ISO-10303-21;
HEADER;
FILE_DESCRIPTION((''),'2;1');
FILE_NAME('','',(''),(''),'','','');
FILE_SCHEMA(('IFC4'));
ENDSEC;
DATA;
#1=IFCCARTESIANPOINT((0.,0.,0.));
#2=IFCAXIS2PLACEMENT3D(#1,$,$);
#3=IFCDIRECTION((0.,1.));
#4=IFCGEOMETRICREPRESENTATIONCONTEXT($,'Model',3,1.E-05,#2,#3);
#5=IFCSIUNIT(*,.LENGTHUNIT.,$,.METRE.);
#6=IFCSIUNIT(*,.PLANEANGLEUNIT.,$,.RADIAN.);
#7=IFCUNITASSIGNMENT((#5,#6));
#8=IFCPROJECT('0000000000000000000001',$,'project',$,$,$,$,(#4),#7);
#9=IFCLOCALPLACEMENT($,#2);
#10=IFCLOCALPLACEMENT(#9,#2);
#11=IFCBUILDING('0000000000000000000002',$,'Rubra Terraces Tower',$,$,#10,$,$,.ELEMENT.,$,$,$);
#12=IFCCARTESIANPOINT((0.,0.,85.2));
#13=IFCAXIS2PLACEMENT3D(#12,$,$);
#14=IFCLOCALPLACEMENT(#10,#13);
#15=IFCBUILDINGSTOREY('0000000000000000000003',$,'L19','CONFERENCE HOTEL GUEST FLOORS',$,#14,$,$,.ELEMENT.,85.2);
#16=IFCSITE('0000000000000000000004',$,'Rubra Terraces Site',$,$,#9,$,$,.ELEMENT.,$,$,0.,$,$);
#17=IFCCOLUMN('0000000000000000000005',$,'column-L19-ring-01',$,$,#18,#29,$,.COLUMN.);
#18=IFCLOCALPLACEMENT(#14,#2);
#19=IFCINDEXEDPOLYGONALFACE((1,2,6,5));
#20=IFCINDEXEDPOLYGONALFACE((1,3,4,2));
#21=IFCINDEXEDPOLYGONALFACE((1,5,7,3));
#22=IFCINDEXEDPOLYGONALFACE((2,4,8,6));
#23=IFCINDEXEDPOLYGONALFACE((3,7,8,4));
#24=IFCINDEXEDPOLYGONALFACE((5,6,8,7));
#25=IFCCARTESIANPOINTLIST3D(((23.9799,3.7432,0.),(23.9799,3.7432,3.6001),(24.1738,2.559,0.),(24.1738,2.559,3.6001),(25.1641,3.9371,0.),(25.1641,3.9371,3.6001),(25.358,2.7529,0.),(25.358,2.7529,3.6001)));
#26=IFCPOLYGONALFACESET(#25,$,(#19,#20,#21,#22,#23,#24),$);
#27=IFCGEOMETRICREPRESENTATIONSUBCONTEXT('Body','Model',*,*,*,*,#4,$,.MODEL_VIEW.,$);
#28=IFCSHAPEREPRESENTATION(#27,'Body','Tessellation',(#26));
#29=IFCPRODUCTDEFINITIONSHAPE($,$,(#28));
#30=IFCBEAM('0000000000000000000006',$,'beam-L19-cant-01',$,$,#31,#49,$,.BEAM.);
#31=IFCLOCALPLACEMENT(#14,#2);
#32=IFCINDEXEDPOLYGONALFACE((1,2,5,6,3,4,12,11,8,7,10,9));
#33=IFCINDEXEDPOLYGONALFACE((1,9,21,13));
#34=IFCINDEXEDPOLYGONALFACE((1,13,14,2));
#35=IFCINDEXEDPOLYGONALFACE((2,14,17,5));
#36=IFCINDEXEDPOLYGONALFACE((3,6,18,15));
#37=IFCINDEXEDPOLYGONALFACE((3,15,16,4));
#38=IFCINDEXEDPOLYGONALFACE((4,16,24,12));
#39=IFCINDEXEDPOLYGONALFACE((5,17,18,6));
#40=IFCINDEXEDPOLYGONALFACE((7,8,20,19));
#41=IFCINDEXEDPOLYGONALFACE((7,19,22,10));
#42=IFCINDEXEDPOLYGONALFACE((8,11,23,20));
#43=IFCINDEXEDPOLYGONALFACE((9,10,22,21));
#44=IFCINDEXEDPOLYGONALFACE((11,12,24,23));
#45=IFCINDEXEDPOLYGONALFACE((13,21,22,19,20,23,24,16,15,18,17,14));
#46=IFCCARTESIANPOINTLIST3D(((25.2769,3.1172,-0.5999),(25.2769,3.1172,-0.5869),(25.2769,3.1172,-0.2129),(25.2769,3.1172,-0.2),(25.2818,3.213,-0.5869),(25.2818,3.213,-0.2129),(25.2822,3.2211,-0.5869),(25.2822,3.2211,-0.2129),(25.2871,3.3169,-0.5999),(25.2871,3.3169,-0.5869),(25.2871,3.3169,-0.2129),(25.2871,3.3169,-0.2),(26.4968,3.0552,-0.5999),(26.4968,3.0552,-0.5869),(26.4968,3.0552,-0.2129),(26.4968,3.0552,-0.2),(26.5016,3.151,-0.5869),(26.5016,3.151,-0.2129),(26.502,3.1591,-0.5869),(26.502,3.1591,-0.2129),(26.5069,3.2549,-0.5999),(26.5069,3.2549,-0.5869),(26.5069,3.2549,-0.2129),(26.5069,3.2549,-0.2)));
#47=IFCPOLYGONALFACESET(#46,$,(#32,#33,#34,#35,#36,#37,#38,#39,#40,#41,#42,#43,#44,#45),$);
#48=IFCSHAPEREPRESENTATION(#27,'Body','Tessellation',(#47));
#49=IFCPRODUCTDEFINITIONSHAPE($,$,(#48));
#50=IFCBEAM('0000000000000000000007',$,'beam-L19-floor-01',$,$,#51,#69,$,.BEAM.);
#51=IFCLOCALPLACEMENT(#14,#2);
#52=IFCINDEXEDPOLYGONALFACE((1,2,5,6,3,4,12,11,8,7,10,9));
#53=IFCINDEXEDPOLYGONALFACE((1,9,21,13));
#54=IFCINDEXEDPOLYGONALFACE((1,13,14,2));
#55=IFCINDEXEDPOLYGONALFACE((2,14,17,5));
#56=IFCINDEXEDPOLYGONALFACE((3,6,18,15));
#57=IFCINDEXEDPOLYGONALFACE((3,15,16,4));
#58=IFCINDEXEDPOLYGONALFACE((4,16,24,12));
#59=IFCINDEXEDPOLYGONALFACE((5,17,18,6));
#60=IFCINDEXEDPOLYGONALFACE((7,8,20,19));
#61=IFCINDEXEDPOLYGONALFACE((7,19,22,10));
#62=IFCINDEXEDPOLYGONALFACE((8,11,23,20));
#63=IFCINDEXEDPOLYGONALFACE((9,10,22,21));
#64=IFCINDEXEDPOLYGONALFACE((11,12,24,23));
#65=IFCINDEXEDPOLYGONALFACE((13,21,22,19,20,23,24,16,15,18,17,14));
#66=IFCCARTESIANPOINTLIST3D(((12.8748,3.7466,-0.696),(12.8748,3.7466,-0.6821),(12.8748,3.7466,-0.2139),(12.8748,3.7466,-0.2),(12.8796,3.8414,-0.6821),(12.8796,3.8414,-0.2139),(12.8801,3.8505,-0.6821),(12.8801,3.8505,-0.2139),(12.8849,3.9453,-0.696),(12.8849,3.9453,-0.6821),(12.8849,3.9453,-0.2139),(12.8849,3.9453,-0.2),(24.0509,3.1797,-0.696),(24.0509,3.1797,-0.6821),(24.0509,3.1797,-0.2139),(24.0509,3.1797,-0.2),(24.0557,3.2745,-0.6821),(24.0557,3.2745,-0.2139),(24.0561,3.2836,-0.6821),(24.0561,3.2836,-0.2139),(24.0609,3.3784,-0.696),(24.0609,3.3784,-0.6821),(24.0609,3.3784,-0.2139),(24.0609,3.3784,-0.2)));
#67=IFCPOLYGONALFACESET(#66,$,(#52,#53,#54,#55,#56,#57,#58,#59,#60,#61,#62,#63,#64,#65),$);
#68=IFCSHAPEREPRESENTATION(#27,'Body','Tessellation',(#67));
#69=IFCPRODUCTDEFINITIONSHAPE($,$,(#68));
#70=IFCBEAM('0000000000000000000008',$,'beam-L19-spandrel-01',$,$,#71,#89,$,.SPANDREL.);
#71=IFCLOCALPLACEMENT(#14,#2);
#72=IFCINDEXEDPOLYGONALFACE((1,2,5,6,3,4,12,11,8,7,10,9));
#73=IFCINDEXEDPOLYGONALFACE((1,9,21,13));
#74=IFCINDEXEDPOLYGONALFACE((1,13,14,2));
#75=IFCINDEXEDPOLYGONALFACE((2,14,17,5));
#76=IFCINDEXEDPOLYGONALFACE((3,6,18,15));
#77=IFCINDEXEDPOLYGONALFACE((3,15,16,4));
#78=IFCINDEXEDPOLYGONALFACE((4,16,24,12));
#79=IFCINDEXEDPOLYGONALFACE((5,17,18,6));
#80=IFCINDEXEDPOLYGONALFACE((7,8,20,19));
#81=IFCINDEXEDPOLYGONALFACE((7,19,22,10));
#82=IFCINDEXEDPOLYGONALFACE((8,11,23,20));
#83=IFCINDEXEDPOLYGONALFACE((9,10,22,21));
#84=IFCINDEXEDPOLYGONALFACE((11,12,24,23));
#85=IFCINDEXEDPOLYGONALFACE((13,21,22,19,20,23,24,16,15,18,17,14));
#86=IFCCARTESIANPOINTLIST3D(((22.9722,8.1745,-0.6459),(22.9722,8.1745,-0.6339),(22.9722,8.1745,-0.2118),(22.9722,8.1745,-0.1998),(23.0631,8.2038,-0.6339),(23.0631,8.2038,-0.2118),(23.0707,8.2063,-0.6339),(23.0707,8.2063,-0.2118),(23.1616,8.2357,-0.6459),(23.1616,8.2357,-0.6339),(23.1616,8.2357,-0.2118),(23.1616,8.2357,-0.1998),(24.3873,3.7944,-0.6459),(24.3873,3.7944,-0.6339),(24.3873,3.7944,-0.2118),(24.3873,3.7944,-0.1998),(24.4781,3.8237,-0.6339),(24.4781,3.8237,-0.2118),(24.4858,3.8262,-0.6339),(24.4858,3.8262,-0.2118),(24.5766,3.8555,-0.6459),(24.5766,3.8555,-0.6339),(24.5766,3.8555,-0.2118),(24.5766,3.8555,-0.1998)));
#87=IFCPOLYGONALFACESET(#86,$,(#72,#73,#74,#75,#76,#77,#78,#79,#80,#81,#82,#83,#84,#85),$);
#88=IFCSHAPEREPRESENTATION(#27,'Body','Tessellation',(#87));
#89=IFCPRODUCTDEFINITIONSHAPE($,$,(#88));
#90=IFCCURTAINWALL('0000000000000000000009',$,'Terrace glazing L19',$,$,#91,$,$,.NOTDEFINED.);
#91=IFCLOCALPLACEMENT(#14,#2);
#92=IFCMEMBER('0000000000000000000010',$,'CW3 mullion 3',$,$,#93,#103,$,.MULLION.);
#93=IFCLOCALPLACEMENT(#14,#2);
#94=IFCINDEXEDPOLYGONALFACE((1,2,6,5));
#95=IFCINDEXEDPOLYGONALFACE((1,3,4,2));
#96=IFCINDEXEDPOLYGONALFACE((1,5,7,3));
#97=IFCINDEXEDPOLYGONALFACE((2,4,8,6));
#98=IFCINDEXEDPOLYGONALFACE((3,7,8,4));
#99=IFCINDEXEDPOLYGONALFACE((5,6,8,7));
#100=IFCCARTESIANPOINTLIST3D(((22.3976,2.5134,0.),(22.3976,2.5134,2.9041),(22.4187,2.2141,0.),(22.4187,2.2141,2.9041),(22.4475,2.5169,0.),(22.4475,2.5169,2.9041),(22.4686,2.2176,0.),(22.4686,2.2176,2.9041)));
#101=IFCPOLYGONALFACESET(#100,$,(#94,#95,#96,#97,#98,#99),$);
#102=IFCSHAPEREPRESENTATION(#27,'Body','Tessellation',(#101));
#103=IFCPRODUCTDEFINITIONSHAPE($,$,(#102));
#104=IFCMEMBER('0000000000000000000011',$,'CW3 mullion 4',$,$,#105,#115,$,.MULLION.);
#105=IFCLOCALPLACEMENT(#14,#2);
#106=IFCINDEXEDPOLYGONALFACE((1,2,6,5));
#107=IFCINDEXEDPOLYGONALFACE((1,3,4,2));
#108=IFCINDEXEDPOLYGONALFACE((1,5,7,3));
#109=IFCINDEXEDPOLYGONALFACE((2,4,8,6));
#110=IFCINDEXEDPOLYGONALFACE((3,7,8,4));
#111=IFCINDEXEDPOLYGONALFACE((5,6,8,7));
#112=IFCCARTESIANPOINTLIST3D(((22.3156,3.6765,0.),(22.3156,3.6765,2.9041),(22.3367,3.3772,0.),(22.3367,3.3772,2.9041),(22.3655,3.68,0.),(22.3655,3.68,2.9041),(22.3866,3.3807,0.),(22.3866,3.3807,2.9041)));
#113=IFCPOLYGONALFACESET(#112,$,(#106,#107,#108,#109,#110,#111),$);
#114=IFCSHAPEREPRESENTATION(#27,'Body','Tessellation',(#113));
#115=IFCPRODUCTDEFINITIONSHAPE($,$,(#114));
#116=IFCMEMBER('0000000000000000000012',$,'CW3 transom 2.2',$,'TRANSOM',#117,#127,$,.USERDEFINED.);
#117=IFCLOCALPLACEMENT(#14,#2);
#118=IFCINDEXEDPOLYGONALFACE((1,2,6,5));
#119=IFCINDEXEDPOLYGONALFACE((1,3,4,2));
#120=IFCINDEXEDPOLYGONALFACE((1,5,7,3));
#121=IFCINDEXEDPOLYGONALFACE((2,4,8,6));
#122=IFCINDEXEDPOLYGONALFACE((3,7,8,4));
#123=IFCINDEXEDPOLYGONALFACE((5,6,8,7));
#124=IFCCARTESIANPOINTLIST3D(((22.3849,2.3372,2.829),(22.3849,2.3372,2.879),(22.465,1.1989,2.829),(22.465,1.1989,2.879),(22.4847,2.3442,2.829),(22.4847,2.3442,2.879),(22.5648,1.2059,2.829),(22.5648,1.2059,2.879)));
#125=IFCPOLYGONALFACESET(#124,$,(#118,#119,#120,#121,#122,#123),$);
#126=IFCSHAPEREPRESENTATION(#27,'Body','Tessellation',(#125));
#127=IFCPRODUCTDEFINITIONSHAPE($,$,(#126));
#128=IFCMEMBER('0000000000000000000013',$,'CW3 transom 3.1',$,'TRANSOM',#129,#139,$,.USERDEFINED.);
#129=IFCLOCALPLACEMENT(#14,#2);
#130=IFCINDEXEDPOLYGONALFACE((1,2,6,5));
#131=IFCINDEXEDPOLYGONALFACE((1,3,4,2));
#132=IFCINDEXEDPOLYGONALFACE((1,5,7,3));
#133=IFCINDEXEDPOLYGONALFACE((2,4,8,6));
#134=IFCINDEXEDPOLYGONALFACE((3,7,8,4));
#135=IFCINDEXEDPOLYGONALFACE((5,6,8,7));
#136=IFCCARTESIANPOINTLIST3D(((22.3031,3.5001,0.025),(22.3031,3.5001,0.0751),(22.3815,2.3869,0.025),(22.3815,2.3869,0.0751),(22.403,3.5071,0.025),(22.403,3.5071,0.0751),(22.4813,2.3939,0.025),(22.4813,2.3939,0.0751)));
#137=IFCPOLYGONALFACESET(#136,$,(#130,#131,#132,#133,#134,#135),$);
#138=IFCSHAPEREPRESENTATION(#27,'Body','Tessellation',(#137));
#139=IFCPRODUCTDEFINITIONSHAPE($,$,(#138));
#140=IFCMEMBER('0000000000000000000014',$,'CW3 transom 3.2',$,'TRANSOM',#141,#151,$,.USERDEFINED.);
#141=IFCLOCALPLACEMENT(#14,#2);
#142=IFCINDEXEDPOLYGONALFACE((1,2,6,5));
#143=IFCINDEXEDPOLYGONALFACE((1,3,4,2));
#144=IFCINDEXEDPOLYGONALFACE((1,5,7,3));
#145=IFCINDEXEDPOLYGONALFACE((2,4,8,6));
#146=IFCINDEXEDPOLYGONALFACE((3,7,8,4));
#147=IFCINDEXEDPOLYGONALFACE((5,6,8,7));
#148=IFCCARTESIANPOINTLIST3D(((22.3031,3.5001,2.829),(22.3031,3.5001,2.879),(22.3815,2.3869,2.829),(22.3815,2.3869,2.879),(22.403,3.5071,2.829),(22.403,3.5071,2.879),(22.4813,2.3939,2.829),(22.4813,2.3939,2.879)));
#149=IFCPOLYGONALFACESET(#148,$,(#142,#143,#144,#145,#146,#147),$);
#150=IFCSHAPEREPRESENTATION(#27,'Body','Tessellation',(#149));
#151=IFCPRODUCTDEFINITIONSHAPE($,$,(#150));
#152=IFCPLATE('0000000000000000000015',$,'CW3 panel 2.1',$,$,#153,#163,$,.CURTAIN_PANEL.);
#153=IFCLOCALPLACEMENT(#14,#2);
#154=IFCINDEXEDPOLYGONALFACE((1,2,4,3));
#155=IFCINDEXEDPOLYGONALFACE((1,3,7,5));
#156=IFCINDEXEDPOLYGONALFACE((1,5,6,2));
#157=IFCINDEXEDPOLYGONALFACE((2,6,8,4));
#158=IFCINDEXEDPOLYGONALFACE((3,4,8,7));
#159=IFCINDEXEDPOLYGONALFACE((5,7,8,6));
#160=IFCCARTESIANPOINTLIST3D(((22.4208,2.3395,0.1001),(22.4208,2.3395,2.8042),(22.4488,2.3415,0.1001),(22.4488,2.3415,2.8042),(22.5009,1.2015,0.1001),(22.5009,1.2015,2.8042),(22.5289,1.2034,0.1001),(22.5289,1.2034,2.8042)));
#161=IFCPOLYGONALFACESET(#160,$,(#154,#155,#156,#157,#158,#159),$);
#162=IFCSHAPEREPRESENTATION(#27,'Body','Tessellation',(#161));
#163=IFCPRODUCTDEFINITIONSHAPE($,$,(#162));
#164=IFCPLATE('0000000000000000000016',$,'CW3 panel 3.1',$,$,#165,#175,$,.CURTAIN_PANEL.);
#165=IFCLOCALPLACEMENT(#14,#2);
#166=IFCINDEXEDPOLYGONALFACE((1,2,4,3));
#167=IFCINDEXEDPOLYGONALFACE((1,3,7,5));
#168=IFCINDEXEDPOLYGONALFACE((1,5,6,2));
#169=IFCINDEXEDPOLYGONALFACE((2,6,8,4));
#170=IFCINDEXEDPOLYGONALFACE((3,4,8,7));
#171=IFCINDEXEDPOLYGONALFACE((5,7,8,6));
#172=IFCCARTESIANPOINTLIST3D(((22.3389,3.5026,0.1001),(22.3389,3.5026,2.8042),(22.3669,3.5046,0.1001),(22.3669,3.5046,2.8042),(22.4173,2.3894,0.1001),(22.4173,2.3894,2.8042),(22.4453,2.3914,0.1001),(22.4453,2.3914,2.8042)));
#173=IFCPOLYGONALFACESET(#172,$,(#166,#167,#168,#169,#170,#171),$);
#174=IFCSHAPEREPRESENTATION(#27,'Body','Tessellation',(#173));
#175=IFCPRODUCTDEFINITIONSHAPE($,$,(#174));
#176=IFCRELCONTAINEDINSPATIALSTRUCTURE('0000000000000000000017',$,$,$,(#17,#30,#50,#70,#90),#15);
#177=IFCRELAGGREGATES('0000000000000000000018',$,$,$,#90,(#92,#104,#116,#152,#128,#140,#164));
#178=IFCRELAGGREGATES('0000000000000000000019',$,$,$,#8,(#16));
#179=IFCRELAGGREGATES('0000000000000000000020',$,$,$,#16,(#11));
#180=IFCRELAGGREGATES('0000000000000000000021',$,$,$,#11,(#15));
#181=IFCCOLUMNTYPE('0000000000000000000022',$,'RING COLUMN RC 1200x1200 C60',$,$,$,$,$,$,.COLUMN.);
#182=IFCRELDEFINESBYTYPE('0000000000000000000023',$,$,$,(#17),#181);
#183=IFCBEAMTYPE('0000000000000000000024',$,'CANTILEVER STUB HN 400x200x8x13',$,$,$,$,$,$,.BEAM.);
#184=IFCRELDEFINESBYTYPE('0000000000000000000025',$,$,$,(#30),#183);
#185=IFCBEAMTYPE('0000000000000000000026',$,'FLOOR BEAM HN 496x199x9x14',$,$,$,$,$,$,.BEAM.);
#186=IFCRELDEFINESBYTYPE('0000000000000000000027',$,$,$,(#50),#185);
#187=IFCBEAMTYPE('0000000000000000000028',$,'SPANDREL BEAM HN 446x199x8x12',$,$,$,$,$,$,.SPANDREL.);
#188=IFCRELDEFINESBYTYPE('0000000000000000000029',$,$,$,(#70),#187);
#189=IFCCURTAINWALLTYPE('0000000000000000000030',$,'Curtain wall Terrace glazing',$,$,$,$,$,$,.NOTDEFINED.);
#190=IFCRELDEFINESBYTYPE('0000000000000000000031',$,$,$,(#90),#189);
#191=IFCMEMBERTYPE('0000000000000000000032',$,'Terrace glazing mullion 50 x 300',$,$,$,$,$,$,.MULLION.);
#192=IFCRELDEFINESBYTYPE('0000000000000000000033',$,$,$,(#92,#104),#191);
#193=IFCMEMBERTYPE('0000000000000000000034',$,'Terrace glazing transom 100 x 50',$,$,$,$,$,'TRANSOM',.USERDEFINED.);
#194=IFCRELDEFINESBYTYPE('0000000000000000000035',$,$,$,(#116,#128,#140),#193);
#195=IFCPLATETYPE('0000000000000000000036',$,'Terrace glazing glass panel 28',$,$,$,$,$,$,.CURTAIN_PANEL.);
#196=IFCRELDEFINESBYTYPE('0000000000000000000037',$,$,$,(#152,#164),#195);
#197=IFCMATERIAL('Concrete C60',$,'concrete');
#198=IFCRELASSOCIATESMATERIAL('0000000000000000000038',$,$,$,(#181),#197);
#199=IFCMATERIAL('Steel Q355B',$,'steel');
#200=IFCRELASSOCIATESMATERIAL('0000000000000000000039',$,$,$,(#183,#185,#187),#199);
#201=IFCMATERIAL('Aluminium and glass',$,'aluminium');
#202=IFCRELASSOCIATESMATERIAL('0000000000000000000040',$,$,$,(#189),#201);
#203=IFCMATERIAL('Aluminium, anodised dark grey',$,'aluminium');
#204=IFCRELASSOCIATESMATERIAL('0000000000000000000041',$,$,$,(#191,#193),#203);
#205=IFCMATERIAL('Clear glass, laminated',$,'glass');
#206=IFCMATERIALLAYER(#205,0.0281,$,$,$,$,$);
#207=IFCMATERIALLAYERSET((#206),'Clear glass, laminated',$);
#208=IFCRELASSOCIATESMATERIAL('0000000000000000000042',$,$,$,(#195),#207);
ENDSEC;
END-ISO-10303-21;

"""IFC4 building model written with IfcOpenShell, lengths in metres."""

from ifc_helpers import new_model, si_unit, direction, frame, origin, origin_2d, place, context, subcontext, project, spatial, rectangle, i_section, extrude, material, layer, layer_set, material_profile, profile_set, type_object, element, aggregate, save


model = new_model("IFC4")

# Units and contexts
model_context = context("Model", 3, precision=1e-05, world=origin(), true_north=direction((0.0, 1.0)))
body_context = subcontext(model_context, "Body", "Model", "MODEL_VIEW")
ifc_project = project(units=[si_unit("LENGTHUNIT", "METRE"), si_unit("PLANEANGLEUNIT", "RADIAN")], contexts=[model_context])

# Site, building, storey
site_placement = place(None, origin())
site = spatial("IfcSite", under=ifc_project, at=site_placement, Name="Rubra Terraces Site", CompositionType="ELEMENT", RefElevation=0.0)
building_placement = place(site_placement, origin())
building = spatial("IfcBuilding", under=site, at=building_placement, Name="Rubra Terraces Tower", CompositionType="ELEMENT")
storey_placement = place(building_placement, frame((0.0, 0.0, 85.2)))
storey = spatial("IfcBuildingStorey", under=building, at=storey_placement, Name="L19", Description="CONFERENCE HOTEL GUEST FLOORS", CompositionType="ELEMENT", Elevation=85.2)

# Column
ifc_material_1 = material(Name="Concrete C60", Category="concrete")
ifc_material_profile_1 = material_profile(ifc_material_1, rectangle(XDim=1.2, YDim=1.2, at=origin_2d()), Name="RC 1200x1200")
ifc_profile_set_1 = profile_set([ifc_material_profile_1], Name="Concrete C60")
column_type = type_object("IfcColumnType", Name="RING COLUMN RC 1200x1200 C60", PredefinedType="COLUMN", material=ifc_profile_set_1)
column_placement = place(storey_placement, frame((24.6689, 3.248, 0.0), z_axis=(0.0, 0.0, 1.0), x_axis=(-0.161559, 0.986863, 0.0)))
element("IfcColumn", 1, at=column_placement, inside=storey, type_object=column_type, Name="column-L19-ring-01", PredefinedType="COLUMN", context=body_context, shape_type="SweptSolid", body=[
    extrude(rectangle(XDim=1.2, YDim=1.2, at=origin_2d()), origin(), (0.0, 0.0, 1.0), 3.6001),
])

# Beams
ifc_material_2 = material(Name="Steel Q355B", Category="steel")
ifc_material_profile_2 = material_profile(ifc_material_2, i_section(OverallWidth=0.2, OverallDepth=0.3999, WebThickness=0.0081, FlangeThickness=0.0129, at=origin_2d()), Name="HN 400x200x8x13")
ifc_profile_set_2 = profile_set([ifc_material_profile_2], Name="Steel Q355B")
beam_type_1 = type_object("IfcBeamType", Name="CANTILEVER STUB HN 400x200x8x13", PredefinedType="BEAM", material=ifc_profile_set_2)
beam_1_placement = place(storey_placement, frame((25.282, 3.217, -0.3999), z_axis=(0.998711, -0.050765, 0.0), x_axis=(0.050765, 0.998711, 0.0)))
element("IfcBeam", 2, at=beam_1_placement, inside=storey, type_object=beam_type_1, Name="beam-L19-cant-01", PredefinedType="BEAM", context=body_context, shape_type="SweptSolid", body=[
    extrude(i_section(OverallWidth=0.2, OverallDepth=0.3999, WebThickness=0.0081, FlangeThickness=0.0129, at=origin_2d()), origin(), (0.0, 0.0, 1.0), 1.2214),
])
ifc_material_profile_3 = material_profile(ifc_material_2, i_section(OverallWidth=0.199, OverallDepth=0.4961, WebThickness=0.009, FlangeThickness=0.0139, at=origin_2d()), Name="HN 496x199x9x14")
ifc_profile_set_3 = profile_set([ifc_material_profile_3], Name="Steel Q355B")
beam_type_2 = type_object("IfcBeamType", Name="FLOOR BEAM HN 496x199x9x14", PredefinedType="BEAM", material=ifc_profile_set_3)
beam_2_placement = place(storey_placement, frame((24.0559, 3.2791, -0.448), z_axis=(-0.998716, 0.050659, 0.0), x_axis=(-0.050659, -0.998716, 0.0)))
element("IfcBeam", 3, at=beam_2_placement, inside=storey, type_object=beam_type_2, Name="beam-L19-floor-01", PredefinedType="BEAM", context=body_context, shape_type="SweptSolid", body=[
    extrude(i_section(OverallWidth=0.199, OverallDepth=0.4961, WebThickness=0.009, FlangeThickness=0.0139, at=origin_2d()), origin(), (0.0, 0.0, 1.0), 11.1904),
])
ifc_material_profile_4 = material_profile(ifc_material_2, i_section(OverallWidth=0.199, OverallDepth=0.446, WebThickness=0.0081, FlangeThickness=0.012, at=origin_2d()), Name="HN 446x199x8x12")
ifc_profile_set_4 = profile_set([ifc_material_profile_4], Name="Steel Q355B")
beam_type_3 = type_object("IfcBeamType", Name="SPANDREL BEAM HN 446x199x8x12", PredefinedType="SPANDREL", material=ifc_profile_set_4)
beam_3_placement = place(storey_placement, frame((24.4819, 3.825, -0.4229), z_axis=(-0.307415, 0.951576, 0.0), x_axis=(-0.951576, -0.307415, 0.0)))
element("IfcBeam", 4, at=beam_3_placement, inside=storey, type_object=beam_type_3, Name="beam-L19-spandrel-01", PredefinedType="SPANDREL", context=body_context, shape_type="SweptSolid", body=[
    extrude(i_section(OverallWidth=0.199, OverallDepth=0.446, WebThickness=0.0081, FlangeThickness=0.012, at=origin_2d()), origin(), (0.0, 0.0, 1.0), 4.603),
])

# Curtain wall, members, plates
ifc_material_3 = material(Name="Aluminium and glass", Category="aluminium")
curtain_wall_type = type_object("IfcCurtainWallType", Name="Curtain wall Terrace glazing", PredefinedType="NOTDEFINED", material=ifc_material_3)
curtain_wall_placement = place(storey_placement, origin())
curtain_wall = element("IfcCurtainWall", 5, at=curtain_wall_placement, inside=storey, type_object=curtain_wall_type, Name="Terrace glazing L19", PredefinedType="NOTDEFINED")
ifc_material_4 = material(Name="Aluminium, anodised dark grey", Category="aluminium")
ifc_material_profile_5 = material_profile(ifc_material_4, rectangle(XDim=0.05, YDim=0.3, at=origin_2d()), Name="AL 50x300")
ifc_profile_set_5 = profile_set([ifc_material_profile_5], Name="Aluminium, anodised dark grey")
member_type_1 = type_object("IfcMemberType", Name="Terrace glazing mullion 50 x 300", PredefinedType="MULLION", material=ifc_profile_set_5)
member_1_placement = place(storey_placement, frame((22.4331, 2.3655, 0.0), z_axis=(0.0, 0.0, 1.0), x_axis=(-0.997529, -0.070252, 0.0)))
member_1 = element("IfcMember", 6, at=member_1_placement, type_object=member_type_1, Name="CW3 mullion 3", PredefinedType="MULLION", context=body_context, shape_type="SweptSolid", body=[
    extrude(rectangle(XDim=0.05, YDim=0.3, at=origin_2d()), origin(), (0.0, 0.0, 1.0), 2.9041),
])
member_2_placement = place(storey_placement, frame((22.3511, 3.5286, 0.0), z_axis=(0.0, 0.0, 1.0), x_axis=(-0.997529, -0.070252, 0.0)))
member_2 = element("IfcMember", 7, at=member_2_placement, type_object=member_type_1, Name="CW3 mullion 4", PredefinedType="MULLION", context=body_context, shape_type="SweptSolid", body=[
    extrude(rectangle(XDim=0.05, YDim=0.3, at=origin_2d()), origin(), (0.0, 0.0, 1.0), 2.9041),
])
ifc_material_profile_6 = material_profile(ifc_material_4, rectangle(XDim=0.1001, YDim=0.05, at=origin_2d()), Name="AL 100x50")
ifc_profile_set_6 = profile_set([ifc_material_profile_6], Name="Aluminium, anodised dark grey")
member_type_2 = type_object("IfcMemberType", Name="Terrace glazing transom 100 x 50", ElementType="TRANSOM", PredefinedType="USERDEFINED", material=ifc_profile_set_6)
member_3_placement = place(storey_placement, frame((22.5149, 1.2024, 2.854), z_axis=(-0.070183, 0.997534, 0.0), x_axis=(-0.997534, -0.070183, 0.0)))
member_3 = element("IfcMember", 8, at=member_3_placement, type_object=member_type_2, Name="CW3 transom 2.2", ObjectType="TRANSOM", PredefinedType="USERDEFINED", context=body_context, shape_type="SweptSolid", body=[
    extrude(rectangle(XDim=0.1001, YDim=0.05, at=origin_2d()), origin(), (0.0, 0.0, 1.0), 1.1411),
])
member_4_placement = place(storey_placement, frame((22.4314, 2.3904, 0.05), z_axis=(-0.070221, 0.997531, 0.0), x_axis=(-0.997531, -0.070221, 0.0)))
member_4 = element("IfcMember", 9, at=member_4_placement, type_object=member_type_2, Name="CW3 transom 3.1", ObjectType="TRANSOM", PredefinedType="USERDEFINED", context=body_context, shape_type="SweptSolid", body=[
    extrude(rectangle(XDim=0.1001, YDim=0.05, at=origin_2d()), origin(), (0.0, 0.0, 1.0), 1.116),
])
member_5_placement = place(storey_placement, frame((22.4314, 2.3904, 2.854), z_axis=(-0.070221, 0.997531, 0.0), x_axis=(-0.997531, -0.070221, 0.0)))
member_5 = element("IfcMember", 10, at=member_5_placement, type_object=member_type_2, Name="CW3 transom 3.2", ObjectType="TRANSOM", PredefinedType="USERDEFINED", context=body_context, shape_type="SweptSolid", body=[
    extrude(rectangle(XDim=0.1001, YDim=0.05, at=origin_2d()), origin(), (0.0, 0.0, 1.0), 1.116),
])
ifc_material_5 = material(Name="Clear glass, laminated", Category="glass")
ifc_layer_1 = layer(ifc_material_5, 0.0281)
ifc_layer_set_1 = layer_set([ifc_layer_1], Name="Clear glass, laminated")
plate_type = type_object("IfcPlateType", Name="Terrace glazing glass panel 28", PredefinedType="CURTAIN_PANEL", material=ifc_layer_set_1)
plate_1_placement = place(storey_placement, frame((22.4749, 1.7715, 0.1001), z_axis=(0.0, 0.0, 1.0), x_axis=(-0.070252, 0.997529, 0.0)))
plate_1 = element("IfcPlate", 11, at=plate_1_placement, type_object=plate_type, Name="CW3 panel 2.1", PredefinedType="CURTAIN_PANEL", context=body_context, shape_type="SweptSolid", body=[
    extrude(rectangle(XDim=1.1409, YDim=0.0281, at=origin_2d()), origin(), (0.0, 0.0, 1.0), 2.7041),
])
plate_2_placement = place(storey_placement, frame((22.3921, 2.947, 0.1001), z_axis=(0.0, 0.0, 1.0), x_axis=(-0.070252, 0.997529, 0.0)))
plate_2 = element("IfcPlate", 12, at=plate_2_placement, type_object=plate_type, Name="CW3 panel 3.1", PredefinedType="CURTAIN_PANEL", context=body_context, shape_type="SweptSolid", body=[
    extrude(rectangle(XDim=1.116, YDim=0.0281, at=origin_2d()), origin(), (0.0, 0.0, 1.0), 2.7041),
])
aggregate(curtain_wall, [member_1, member_2, member_3, plate_1, member_4, member_5, plate_2])

save(model, "model.ifc")
